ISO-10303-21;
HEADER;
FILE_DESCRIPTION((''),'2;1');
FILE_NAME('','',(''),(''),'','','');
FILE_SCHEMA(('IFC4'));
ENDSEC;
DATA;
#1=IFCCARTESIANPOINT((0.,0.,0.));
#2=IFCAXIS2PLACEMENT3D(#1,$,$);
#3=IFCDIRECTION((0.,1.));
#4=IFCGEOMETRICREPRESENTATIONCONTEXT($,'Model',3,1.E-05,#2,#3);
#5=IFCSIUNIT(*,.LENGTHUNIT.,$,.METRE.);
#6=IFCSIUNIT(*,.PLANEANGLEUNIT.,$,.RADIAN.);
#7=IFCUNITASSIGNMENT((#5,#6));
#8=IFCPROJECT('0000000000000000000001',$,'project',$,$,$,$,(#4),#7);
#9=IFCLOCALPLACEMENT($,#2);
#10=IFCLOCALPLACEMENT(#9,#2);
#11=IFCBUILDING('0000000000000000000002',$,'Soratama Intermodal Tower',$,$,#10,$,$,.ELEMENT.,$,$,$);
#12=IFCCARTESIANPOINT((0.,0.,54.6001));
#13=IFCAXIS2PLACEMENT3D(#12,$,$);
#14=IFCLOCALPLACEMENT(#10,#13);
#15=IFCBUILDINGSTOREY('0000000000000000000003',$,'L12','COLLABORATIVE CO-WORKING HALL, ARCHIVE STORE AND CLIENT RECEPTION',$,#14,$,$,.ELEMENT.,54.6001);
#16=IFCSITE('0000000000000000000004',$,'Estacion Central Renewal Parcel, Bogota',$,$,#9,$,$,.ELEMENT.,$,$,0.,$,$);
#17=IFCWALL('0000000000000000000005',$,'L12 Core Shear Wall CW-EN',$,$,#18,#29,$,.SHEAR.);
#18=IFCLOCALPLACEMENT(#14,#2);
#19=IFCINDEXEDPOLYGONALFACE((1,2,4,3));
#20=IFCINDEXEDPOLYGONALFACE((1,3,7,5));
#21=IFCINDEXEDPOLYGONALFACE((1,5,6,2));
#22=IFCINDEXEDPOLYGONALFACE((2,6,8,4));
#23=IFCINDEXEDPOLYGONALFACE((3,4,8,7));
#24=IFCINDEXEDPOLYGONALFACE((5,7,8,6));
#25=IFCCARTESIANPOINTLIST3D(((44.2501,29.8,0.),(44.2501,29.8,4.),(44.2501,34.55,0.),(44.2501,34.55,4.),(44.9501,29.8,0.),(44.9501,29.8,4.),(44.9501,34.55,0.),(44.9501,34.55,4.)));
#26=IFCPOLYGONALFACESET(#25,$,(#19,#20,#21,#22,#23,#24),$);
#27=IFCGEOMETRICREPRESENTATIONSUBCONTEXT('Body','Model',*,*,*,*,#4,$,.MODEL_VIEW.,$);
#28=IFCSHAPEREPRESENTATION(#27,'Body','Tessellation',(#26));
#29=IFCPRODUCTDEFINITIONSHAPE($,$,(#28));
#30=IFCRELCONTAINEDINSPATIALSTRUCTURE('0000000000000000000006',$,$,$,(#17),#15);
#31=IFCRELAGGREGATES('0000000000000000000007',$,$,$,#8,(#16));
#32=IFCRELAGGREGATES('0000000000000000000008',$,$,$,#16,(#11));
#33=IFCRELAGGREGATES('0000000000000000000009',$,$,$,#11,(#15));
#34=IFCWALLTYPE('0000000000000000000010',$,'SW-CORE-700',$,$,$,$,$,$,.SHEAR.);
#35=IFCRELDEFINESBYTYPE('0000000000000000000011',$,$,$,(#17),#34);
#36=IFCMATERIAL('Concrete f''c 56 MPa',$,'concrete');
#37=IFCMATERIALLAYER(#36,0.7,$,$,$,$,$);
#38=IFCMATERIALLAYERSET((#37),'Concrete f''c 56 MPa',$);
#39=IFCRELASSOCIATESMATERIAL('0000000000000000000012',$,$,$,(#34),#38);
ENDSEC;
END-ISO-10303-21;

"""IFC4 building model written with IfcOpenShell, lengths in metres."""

from ifc_helpers import new_model, si_unit, direction, frame, frame_2d, origin, place, context, subcontext, project, spatial, rectangle, extrude, material, layer, layer_set, type_object, element, save


model = new_model("IFC4")

# Units and contexts
model_context = context("Model", 3, precision=1e-05, world=origin(), true_north=direction((0.0, 1.0)))
body_context = subcontext(model_context, "Body", "Model", "MODEL_VIEW")
ifc_project = project(units=[si_unit("LENGTHUNIT", "METRE"), si_unit("PLANEANGLEUNIT", "RADIAN")], contexts=[model_context])

# Site, building, storey
site_placement = place(None, origin())
site = spatial("IfcSite", under=ifc_project, at=site_placement, Name="Estacion Central Renewal Parcel, Bogota", CompositionType="ELEMENT", RefElevation=0.0)
building_placement = place(site_placement, origin())
building = spatial("IfcBuilding", under=site, at=building_placement, Name="Soratama Intermodal Tower", CompositionType="ELEMENT")
storey_placement = place(building_placement, frame((0.0, 0.0, 54.6001)))
storey = spatial("IfcBuildingStorey", under=building, at=storey_placement, Name="L12", Description="COLLABORATIVE CO-WORKING HALL, ARCHIVE STORE AND CLIENT RECEPTION", CompositionType="ELEMENT", Elevation=54.6001)

# Wall
ifc_material_1 = material(Name="Concrete f'c 56 MPa", Category="concrete")
ifc_layer_1 = layer(ifc_material_1, 0.7)
ifc_layer_set_1 = layer_set([ifc_layer_1], Name="Concrete f'c 56 MPa")
wall_type_1 = type_object("IfcWallType", Name="SW-CORE-700", PredefinedType="SHEAR", material=ifc_layer_set_1)
wall_1_placement = place(storey_placement, frame((44.6001, 29.8, 0.0), z_axis=(0.0, 0.0, 1.0), x_axis=(0.0, 1.0, 0.0)))
element("IfcWall", 1, at=wall_1_placement, inside=storey, type_object=wall_type_1, Name="L12 Core Shear Wall CW-EN", PredefinedType="SHEAR", context=body_context, shape_type="SweptSolid", body=[
    extrude(rectangle(XDim=4.75, YDim=0.7, at=frame_2d((2.375, 0.0))), origin(), (0.0, 0.0, 1.0), 4.0),
])

save(model, "model.ifc")
